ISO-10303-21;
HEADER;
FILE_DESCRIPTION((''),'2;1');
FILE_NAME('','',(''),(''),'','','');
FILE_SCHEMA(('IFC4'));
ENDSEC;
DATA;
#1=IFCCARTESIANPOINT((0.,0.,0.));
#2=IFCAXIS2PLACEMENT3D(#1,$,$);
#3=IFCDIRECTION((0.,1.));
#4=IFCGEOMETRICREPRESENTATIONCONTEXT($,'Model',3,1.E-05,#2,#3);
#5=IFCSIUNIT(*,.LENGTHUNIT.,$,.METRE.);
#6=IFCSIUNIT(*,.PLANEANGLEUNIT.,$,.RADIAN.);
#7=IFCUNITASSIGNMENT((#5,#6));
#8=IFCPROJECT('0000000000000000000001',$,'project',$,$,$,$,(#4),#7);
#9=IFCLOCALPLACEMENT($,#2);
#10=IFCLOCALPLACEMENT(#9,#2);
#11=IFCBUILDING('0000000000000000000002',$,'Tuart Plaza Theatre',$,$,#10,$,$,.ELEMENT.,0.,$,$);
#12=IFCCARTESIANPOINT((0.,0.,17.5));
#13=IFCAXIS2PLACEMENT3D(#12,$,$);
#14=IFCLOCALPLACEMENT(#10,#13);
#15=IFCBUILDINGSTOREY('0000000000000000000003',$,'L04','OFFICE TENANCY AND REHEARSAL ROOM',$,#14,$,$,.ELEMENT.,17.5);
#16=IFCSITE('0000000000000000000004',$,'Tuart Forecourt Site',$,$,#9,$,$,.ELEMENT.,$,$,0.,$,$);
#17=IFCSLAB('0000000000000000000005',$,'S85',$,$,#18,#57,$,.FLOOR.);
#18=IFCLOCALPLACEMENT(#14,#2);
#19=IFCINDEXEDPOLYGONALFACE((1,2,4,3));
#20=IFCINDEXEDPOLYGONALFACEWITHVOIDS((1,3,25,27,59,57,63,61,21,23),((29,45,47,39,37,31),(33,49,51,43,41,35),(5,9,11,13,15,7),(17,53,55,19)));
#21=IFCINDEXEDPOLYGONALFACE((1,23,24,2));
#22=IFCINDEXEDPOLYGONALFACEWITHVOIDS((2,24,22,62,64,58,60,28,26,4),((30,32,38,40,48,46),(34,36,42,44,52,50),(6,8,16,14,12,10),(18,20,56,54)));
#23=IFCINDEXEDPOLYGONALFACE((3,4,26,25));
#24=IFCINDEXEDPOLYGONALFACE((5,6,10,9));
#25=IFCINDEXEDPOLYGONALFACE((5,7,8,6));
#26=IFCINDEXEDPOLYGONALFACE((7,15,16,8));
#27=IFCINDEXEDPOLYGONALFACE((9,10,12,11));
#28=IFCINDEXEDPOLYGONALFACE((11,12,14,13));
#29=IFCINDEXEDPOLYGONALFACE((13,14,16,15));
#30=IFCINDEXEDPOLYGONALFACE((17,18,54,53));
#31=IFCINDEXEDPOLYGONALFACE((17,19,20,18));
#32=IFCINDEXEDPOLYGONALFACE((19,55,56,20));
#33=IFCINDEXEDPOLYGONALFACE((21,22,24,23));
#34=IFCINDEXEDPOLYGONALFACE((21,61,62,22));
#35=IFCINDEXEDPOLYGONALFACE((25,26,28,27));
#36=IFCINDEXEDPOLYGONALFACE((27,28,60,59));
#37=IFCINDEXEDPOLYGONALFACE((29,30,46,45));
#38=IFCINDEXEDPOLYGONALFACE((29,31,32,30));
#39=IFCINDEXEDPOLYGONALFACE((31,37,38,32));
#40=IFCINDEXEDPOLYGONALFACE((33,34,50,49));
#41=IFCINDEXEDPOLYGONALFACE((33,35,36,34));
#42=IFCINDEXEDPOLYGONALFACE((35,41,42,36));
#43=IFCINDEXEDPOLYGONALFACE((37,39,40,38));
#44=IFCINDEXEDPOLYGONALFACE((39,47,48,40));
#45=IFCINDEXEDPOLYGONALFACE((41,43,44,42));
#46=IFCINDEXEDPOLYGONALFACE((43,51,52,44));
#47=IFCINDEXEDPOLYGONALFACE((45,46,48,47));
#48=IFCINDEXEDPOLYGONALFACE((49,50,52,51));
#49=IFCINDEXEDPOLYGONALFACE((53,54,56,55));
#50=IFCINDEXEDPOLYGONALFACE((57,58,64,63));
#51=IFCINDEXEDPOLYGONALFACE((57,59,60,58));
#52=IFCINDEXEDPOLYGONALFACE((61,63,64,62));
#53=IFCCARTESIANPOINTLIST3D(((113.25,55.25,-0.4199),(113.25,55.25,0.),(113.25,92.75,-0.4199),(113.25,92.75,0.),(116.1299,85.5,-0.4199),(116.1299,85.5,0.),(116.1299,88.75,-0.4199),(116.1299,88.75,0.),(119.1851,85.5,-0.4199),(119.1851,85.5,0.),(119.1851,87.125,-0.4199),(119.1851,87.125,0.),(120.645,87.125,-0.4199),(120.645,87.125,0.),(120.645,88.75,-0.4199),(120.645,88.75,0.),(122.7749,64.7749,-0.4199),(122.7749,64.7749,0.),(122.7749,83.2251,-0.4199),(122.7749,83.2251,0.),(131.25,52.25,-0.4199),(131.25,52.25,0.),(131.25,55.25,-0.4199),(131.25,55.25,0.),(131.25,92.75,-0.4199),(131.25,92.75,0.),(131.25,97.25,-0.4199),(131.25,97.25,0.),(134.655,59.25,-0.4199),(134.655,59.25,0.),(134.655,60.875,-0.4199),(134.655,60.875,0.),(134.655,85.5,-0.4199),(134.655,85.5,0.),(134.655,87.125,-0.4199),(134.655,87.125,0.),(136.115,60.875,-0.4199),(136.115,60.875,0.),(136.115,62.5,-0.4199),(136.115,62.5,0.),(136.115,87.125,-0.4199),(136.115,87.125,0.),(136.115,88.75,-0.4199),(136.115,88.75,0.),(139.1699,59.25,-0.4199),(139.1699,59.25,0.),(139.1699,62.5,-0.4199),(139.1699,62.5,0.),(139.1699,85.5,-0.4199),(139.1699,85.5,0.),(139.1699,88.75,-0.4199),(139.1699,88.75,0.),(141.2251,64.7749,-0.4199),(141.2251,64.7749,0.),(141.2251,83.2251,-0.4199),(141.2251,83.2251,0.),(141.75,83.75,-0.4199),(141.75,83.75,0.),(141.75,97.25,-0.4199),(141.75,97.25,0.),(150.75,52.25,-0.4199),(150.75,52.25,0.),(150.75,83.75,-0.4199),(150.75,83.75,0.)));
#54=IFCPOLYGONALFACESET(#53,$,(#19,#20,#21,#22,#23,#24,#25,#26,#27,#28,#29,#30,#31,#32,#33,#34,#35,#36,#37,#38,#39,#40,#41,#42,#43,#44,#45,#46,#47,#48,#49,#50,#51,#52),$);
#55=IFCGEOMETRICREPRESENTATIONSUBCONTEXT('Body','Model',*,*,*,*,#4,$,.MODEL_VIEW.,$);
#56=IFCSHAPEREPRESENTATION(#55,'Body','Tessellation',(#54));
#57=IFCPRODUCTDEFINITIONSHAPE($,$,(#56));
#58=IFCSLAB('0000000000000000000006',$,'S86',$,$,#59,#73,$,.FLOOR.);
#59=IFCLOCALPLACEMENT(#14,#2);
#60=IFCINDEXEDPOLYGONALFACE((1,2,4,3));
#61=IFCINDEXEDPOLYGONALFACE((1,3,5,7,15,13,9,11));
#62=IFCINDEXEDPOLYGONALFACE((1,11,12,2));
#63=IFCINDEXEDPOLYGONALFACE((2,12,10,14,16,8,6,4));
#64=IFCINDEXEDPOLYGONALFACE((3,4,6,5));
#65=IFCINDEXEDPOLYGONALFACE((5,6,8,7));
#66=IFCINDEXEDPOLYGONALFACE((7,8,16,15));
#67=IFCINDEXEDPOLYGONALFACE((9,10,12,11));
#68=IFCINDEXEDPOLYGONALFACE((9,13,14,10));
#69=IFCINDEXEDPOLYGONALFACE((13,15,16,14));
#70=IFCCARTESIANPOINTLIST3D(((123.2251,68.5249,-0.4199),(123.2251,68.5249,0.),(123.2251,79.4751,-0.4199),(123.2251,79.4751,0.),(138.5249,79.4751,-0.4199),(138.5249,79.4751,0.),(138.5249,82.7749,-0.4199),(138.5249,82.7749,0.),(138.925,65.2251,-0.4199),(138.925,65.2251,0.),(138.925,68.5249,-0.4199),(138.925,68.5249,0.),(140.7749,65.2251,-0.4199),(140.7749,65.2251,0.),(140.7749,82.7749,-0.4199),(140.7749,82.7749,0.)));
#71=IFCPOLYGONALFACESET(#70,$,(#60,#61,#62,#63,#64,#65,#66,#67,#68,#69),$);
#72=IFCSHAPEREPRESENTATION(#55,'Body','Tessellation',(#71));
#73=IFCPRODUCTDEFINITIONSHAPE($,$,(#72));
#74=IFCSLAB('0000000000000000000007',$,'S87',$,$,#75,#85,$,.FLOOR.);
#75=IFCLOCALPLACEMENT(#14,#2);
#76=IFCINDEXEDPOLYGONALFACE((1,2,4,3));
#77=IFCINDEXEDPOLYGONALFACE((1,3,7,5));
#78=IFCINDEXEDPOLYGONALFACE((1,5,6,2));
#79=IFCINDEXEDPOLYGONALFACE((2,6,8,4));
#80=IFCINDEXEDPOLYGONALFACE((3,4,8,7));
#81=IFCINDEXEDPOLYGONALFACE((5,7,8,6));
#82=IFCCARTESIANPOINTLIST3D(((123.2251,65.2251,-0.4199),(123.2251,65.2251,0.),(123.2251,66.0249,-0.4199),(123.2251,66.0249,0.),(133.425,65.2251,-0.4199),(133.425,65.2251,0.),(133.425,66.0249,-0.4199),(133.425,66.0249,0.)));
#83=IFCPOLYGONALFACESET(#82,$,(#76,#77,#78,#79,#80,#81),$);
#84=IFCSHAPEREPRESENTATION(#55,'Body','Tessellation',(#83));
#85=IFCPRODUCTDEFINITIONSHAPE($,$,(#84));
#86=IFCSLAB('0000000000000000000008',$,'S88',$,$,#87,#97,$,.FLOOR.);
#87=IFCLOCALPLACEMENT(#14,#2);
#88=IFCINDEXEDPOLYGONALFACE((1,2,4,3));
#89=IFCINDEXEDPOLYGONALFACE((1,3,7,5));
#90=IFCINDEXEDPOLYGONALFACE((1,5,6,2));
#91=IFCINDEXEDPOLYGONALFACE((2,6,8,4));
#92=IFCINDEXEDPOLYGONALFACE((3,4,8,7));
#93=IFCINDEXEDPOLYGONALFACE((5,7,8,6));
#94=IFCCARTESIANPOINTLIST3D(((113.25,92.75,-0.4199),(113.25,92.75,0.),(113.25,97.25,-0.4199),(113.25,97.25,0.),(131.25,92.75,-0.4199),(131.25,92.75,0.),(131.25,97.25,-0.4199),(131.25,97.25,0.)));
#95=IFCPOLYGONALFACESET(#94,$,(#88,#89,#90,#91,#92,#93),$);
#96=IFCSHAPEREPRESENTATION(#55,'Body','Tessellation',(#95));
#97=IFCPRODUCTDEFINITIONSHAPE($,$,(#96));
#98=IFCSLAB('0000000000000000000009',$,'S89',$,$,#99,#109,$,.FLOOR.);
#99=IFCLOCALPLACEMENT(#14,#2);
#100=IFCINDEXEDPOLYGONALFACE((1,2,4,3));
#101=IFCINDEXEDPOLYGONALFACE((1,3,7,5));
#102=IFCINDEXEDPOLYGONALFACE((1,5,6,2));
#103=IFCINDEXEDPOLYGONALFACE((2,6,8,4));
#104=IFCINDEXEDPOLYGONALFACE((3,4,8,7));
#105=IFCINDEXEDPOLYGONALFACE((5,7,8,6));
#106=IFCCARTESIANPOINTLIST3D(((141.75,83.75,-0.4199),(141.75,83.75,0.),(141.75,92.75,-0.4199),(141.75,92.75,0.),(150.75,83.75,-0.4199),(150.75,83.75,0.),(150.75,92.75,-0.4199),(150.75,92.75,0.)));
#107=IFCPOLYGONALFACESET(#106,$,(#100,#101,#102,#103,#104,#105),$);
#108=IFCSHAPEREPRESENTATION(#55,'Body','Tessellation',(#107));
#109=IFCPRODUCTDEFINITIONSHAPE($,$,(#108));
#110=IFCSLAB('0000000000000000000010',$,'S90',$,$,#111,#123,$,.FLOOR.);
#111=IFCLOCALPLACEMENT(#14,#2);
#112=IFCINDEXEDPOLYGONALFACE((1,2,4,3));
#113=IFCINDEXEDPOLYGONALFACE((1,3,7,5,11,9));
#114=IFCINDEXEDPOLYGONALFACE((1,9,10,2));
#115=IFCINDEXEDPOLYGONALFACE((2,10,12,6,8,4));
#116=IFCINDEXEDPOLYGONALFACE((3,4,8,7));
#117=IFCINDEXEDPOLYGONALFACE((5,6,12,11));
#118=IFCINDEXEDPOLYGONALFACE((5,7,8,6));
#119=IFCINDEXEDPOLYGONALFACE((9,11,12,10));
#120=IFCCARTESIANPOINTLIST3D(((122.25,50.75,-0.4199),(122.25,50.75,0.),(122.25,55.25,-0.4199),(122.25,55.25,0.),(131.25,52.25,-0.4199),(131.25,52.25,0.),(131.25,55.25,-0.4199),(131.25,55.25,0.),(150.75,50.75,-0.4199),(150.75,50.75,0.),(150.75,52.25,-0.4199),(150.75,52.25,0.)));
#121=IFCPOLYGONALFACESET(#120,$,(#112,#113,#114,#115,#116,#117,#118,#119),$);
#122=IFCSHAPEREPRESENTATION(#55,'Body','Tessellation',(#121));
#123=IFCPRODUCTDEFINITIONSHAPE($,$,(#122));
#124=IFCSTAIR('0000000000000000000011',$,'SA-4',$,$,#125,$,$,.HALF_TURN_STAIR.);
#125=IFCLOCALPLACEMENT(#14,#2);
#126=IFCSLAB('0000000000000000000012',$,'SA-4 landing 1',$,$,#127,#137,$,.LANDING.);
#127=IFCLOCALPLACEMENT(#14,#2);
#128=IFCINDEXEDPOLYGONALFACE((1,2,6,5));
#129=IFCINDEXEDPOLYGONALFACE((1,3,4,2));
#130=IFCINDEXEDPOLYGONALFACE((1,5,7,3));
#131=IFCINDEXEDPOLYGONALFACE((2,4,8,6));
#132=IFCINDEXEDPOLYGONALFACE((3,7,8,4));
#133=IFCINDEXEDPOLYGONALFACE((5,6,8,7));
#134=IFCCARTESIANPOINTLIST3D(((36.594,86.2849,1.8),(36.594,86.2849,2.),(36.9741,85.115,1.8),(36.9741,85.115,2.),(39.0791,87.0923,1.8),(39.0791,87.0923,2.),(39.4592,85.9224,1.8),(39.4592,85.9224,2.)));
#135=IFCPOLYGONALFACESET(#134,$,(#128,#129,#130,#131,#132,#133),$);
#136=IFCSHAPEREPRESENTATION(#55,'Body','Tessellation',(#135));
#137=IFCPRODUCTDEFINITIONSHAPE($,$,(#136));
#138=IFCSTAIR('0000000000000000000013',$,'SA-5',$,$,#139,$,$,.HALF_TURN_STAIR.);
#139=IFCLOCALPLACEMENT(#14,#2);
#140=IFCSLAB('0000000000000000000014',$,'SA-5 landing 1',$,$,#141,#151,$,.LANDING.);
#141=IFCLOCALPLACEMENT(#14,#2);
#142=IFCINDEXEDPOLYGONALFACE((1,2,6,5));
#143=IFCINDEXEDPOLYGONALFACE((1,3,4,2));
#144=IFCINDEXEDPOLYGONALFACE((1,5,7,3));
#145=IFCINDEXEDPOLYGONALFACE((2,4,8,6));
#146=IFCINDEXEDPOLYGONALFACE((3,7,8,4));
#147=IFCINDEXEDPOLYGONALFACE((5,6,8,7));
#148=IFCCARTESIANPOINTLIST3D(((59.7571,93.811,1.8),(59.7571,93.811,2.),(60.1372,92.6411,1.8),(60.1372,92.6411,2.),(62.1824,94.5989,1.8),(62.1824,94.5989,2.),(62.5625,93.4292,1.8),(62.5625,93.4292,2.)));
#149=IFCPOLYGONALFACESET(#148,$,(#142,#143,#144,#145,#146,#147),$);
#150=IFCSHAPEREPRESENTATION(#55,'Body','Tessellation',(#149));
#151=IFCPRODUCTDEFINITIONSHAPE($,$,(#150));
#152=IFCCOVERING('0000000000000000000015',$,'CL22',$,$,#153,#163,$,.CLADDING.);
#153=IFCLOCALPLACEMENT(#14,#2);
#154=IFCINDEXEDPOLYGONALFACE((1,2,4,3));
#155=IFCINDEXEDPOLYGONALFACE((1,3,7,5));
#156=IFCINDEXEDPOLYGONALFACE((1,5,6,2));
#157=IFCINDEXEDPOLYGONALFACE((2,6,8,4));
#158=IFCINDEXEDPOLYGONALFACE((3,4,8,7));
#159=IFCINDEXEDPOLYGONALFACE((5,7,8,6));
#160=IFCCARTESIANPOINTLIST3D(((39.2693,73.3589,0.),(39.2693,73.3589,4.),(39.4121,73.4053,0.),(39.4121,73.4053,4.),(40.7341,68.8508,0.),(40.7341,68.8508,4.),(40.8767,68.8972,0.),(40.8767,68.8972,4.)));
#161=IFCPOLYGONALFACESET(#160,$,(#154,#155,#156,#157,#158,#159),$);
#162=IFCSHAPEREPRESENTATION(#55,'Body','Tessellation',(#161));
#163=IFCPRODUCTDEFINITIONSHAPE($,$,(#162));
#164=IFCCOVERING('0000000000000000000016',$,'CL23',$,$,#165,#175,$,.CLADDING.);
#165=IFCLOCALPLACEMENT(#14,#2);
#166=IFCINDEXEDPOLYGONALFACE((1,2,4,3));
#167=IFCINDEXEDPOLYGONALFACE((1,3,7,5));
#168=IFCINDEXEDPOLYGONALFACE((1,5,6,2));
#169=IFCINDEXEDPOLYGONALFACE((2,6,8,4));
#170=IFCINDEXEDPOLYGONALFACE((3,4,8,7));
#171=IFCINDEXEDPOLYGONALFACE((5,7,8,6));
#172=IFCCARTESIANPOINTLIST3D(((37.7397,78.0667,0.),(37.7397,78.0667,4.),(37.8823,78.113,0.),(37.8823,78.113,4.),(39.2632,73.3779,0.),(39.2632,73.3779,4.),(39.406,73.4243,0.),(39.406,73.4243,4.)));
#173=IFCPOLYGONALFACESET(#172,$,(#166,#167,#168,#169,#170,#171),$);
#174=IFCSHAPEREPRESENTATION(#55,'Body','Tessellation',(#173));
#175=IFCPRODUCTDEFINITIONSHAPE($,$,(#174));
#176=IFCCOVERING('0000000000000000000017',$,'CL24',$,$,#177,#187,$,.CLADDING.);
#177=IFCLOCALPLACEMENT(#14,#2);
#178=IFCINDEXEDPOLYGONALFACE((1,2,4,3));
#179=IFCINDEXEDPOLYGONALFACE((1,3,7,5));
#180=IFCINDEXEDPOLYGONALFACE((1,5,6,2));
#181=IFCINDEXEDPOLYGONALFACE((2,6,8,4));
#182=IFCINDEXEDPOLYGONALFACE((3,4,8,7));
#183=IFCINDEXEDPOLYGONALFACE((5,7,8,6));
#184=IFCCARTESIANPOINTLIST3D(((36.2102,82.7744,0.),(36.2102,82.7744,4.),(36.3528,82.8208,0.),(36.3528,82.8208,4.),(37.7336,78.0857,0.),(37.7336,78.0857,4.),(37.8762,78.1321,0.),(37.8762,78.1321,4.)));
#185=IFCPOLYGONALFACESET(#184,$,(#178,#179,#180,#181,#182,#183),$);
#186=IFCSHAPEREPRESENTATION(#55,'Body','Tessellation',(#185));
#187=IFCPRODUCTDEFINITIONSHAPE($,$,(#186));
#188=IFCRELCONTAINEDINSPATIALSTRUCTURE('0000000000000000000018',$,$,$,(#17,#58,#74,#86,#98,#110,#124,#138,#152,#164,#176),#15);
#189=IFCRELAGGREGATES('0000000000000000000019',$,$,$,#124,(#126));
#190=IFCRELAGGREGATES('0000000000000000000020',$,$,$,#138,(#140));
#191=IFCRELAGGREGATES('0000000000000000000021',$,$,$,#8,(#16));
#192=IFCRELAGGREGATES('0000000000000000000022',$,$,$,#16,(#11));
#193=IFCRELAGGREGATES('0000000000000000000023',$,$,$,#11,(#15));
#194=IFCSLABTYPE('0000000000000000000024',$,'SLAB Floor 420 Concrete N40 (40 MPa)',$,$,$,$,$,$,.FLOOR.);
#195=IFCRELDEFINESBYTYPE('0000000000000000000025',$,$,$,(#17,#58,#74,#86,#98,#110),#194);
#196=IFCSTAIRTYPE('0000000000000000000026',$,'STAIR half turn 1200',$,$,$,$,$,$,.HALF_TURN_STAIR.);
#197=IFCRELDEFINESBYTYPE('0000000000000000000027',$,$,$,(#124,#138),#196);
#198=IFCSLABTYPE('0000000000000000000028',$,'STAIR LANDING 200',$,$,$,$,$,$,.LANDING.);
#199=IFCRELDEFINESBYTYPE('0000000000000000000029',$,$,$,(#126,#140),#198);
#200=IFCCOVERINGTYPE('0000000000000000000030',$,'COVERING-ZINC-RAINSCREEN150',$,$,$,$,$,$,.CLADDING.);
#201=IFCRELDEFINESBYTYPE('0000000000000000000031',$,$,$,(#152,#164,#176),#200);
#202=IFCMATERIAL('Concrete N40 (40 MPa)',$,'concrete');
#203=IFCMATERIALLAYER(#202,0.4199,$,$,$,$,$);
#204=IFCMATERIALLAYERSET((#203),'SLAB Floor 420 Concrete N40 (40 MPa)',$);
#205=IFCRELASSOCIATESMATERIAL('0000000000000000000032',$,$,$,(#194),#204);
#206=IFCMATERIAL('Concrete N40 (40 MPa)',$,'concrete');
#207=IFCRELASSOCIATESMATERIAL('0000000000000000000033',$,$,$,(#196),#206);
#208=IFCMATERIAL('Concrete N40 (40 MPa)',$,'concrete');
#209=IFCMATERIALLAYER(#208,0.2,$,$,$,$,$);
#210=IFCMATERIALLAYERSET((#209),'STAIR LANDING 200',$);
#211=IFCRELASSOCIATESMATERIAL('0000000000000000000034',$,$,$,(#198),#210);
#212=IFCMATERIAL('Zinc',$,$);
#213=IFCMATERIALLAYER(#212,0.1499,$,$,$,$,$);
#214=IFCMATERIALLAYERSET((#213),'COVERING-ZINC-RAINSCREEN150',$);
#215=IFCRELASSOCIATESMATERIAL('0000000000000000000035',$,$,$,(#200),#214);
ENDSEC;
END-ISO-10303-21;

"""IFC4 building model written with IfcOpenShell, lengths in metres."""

from ifc_helpers import new_model, si_unit, direction, frame, origin, place, context, subcontext, project, spatial, polyline, outline, extrude, material, layer, layer_set, type_object, element, aggregate, save


model = new_model("IFC4")

# Units and contexts
model_context = context("Model", 3, precision=1e-05, world=origin(), true_north=direction((0.0, 1.0)))
body_context = subcontext(model_context, "Body", "Model", "MODEL_VIEW")
ifc_project = project(units=[si_unit("LENGTHUNIT", "METRE"), si_unit("PLANEANGLEUNIT", "RADIAN")], contexts=[model_context])

# Site, building, storey
site_placement = place(None, origin())
site = spatial("IfcSite", under=ifc_project, at=site_placement, Name="Tuart Forecourt Site", CompositionType="ELEMENT", RefElevation=0.0)
building_placement = place(site_placement, origin())
building = spatial("IfcBuilding", under=site, at=building_placement, Name="Tuart Plaza Theatre", CompositionType="ELEMENT", ElevationOfRefHeight=0.0)
storey_placement = place(building_placement, frame((0.0, 0.0, 17.5)))
storey = spatial("IfcBuildingStorey", under=building, at=storey_placement, Name="L04", Description="OFFICE TENANCY AND REHEARSAL ROOM", CompositionType="ELEMENT", Elevation=17.5)

# Slabs
ifc_material_1 = material(Name="Concrete N40 (40 MPa)", Category="concrete")
ifc_layer_1 = layer(ifc_material_1, 0.4199)
ifc_layer_set_1 = layer_set([ifc_layer_1], Name="SLAB Floor 420 Concrete N40 (40 MPa)")
slab_type_1 = type_object("IfcSlabType", Name="SLAB Floor 420 Concrete N40 (40 MPa)", PredefinedType="FLOOR", material=ifc_layer_set_1)
slab_1_placement = place(storey_placement, frame((0.0, 0.0, -0.4199)))
element("IfcSlab", 1, at=slab_1_placement, inside=storey, type_object=slab_type_1, Name="S85", PredefinedType="FLOOR", context=body_context, shape_type="SweptSolid", body=[
    extrude(outline(polyline([(141.75, 97.25), (131.25, 97.25), (131.25, 92.75), (113.25, 92.75), (113.25, 55.25), (131.25, 55.25), (131.25, 52.25), (150.75, 52.25), (150.75, 83.75), (141.75, 83.75), (141.75, 97.25)]), holes=[polyline([(141.2251, 64.7749), (141.2251, 83.2251), (122.7749, 83.2251), (122.7749, 64.7749), (141.2251, 64.7749)]), polyline([(136.115, 62.5), (136.115, 60.875), (134.655, 60.875), (134.655, 59.25), (139.1699, 59.25), (139.1699, 62.5), (136.115, 62.5)]), polyline([(139.1699, 88.75), (136.115, 88.75), (136.115, 87.125), (134.655, 87.125), (134.655, 85.5), (139.1699, 85.5), (139.1699, 88.75)]), polyline([(116.1299, 88.75), (116.1299, 85.5), (119.1851, 85.5), (119.1851, 87.125), (120.645, 87.125), (120.645, 88.75), (116.1299, 88.75)])]), origin(), (0.0, 0.0, 1.0), 0.4199),
])
slab_2_placement = place(storey_placement, frame((0.0, 0.0, -0.4199)))
element("IfcSlab", 2, at=slab_2_placement, inside=storey, type_object=slab_type_1, Name="S86", PredefinedType="FLOOR", context=body_context, shape_type="SweptSolid", body=[
    extrude(outline(polyline([(138.925, 68.5249), (138.925, 65.2251), (140.7749, 65.2251), (140.7749, 82.7749), (138.5249, 82.7749), (138.5249, 79.4751), (123.2251, 79.4751), (123.2251, 68.5249), (138.925, 68.5249)])), origin(), (0.0, 0.0, 1.0), 0.4199),
])
slab_3_placement = place(storey_placement, frame((0.0, 0.0, -0.4199)))
element("IfcSlab", 3, at=slab_3_placement, inside=storey, type_object=slab_type_1, Name="S87", PredefinedType="FLOOR", context=body_context, shape_type="SweptSolid", body=[
    extrude(outline(polyline([(123.2251, 66.0249), (123.2251, 65.2251), (133.425, 65.2251), (133.425, 66.0249), (123.2251, 66.0249)])), origin(), (0.0, 0.0, 1.0), 0.4199),
])
slab_4_placement = place(storey_placement, frame((0.0, 0.0, -0.4199)))
element("IfcSlab", 4, at=slab_4_placement, inside=storey, type_object=slab_type_1, Name="S88", PredefinedType="FLOOR", context=body_context, shape_type="SweptSolid", body=[
    extrude(outline(polyline([(113.25, 97.25), (113.25, 92.75), (131.25, 92.75), (131.25, 97.25), (113.25, 97.25)])), origin(), (0.0, 0.0, 1.0), 0.4199),
])
slab_5_placement = place(storey_placement, frame((0.0, 0.0, -0.4199)))
element("IfcSlab", 5, at=slab_5_placement, inside=storey, type_object=slab_type_1, Name="S89", PredefinedType="FLOOR", context=body_context, shape_type="SweptSolid", body=[
    extrude(outline(polyline([(141.75, 92.75), (141.75, 83.75), (150.75, 83.75), (150.75, 92.75), (141.75, 92.75)])), origin(), (0.0, 0.0, 1.0), 0.4199),
])
slab_6_placement = place(storey_placement, frame((0.0, 0.0, -0.4199)))
element("IfcSlab", 6, at=slab_6_placement, inside=storey, type_object=slab_type_1, Name="S90", PredefinedType="FLOOR", context=body_context, shape_type="SweptSolid", body=[
    extrude(outline(polyline([(150.75, 52.25), (131.25, 52.25), (131.25, 55.25), (122.25, 55.25), (122.25, 50.75), (150.75, 50.75), (150.75, 52.25)])), origin(), (0.0, 0.0, 1.0), 0.4199),
])

# Stairs, slabs
ifc_material_2 = material(Name="Concrete N40 (40 MPa)", Category="concrete")
stair_type = type_object("IfcStairType", Name="STAIR half turn 1200", PredefinedType="HALF_TURN_STAIR", material=ifc_material_2)
stair_1_placement = place(storey_placement, origin())
stair_1 = element("IfcStair", 7, at=stair_1_placement, inside=storey, type_object=stair_type, Name="SA-4", PredefinedType="HALF_TURN_STAIR")
ifc_material_3 = material(Name="Concrete N40 (40 MPa)", Category="concrete")
ifc_layer_2 = layer(ifc_material_3, 0.2)
ifc_layer_set_2 = layer_set([ifc_layer_2], Name="STAIR LANDING 200")
slab_type_2 = type_object("IfcSlabType", Name="STAIR LANDING 200", PredefinedType="LANDING", material=ifc_layer_set_2)
slab_7_placement = place(storey_placement, frame((0.0, 0.0, 1.8)))
slab_7 = element("IfcSlab", 8, at=slab_7_placement, type_object=slab_type_2, Name="SA-4 landing 1", PredefinedType="LANDING", context=body_context, shape_type="SweptSolid", body=[
    extrude(outline(polyline([(39.4592, 85.9224), (39.0791, 87.0923), (36.594, 86.2849), (36.9741, 85.115), (39.4592, 85.9224)])), origin(), (0.0, 0.0, 1.0), 0.2),
])
aggregate(stair_1, [slab_7])
stair_2_placement = place(storey_placement, origin())
stair_2 = element("IfcStair", 9, at=stair_2_placement, inside=storey, type_object=stair_type, Name="SA-5", PredefinedType="HALF_TURN_STAIR")
slab_8_placement = place(storey_placement, frame((0.0, 0.0, 1.8)))
slab_8 = element("IfcSlab", 10, at=slab_8_placement, type_object=slab_type_2, Name="SA-5 landing 1", PredefinedType="LANDING", context=body_context, shape_type="SweptSolid", body=[
    extrude(outline(polyline([(60.1372, 92.6411), (59.7571, 93.811), (62.1824, 94.5989), (62.5625, 93.4292), (60.1372, 92.6411)])), origin(), (0.0, 0.0, 1.0), 0.2),
])
aggregate(stair_2, [slab_8])

# Coverings
ifc_material_4 = material(Name="Zinc")
ifc_layer_3 = layer(ifc_material_4, 0.1499)
ifc_layer_set_3 = layer_set([ifc_layer_3], Name="COVERING-ZINC-RAINSCREEN150")
covering_type = type_object("IfcCoveringType", Name="COVERING-ZINC-RAINSCREEN150", PredefinedType="CLADDING", material=ifc_layer_set_3)
covering_1_placement = place(storey_placement, origin())
element("IfcCovering", 11, at=covering_1_placement, inside=storey, type_object=covering_type, Name="CL22", PredefinedType="CLADDING", context=body_context, shape_type="SweptSolid", body=[
    extrude(outline(polyline([(40.7341, 68.8508), (39.2693, 73.3589), (39.4121, 73.4053), (40.8767, 68.8972), (40.7341, 68.8508)])), origin(), (0.0, 0.0, 1.0), 4.0),
])
covering_2_placement = place(storey_placement, origin())
element("IfcCovering", 12, at=covering_2_placement, inside=storey, type_object=covering_type, Name="CL23", PredefinedType="CLADDING", context=body_context, shape_type="SweptSolid", body=[
    extrude(outline(polyline([(39.2632, 73.3779), (37.7397, 78.0667), (37.8823, 78.113), (39.406, 73.4243), (39.2632, 73.3779)])), origin(), (0.0, 0.0, 1.0), 4.0),
])
covering_3_placement = place(storey_placement, origin())
element("IfcCovering", 13, at=covering_3_placement, inside=storey, type_object=covering_type, Name="CL24", PredefinedType="CLADDING", context=body_context, shape_type="SweptSolid", body=[
    extrude(outline(polyline([(37.7336, 78.0857), (36.2102, 82.7744), (36.3528, 82.8208), (37.8762, 78.1321), (37.7336, 78.0857)])), origin(), (0.0, 0.0, 1.0), 4.0),
])

save(model, "model.ifc")
